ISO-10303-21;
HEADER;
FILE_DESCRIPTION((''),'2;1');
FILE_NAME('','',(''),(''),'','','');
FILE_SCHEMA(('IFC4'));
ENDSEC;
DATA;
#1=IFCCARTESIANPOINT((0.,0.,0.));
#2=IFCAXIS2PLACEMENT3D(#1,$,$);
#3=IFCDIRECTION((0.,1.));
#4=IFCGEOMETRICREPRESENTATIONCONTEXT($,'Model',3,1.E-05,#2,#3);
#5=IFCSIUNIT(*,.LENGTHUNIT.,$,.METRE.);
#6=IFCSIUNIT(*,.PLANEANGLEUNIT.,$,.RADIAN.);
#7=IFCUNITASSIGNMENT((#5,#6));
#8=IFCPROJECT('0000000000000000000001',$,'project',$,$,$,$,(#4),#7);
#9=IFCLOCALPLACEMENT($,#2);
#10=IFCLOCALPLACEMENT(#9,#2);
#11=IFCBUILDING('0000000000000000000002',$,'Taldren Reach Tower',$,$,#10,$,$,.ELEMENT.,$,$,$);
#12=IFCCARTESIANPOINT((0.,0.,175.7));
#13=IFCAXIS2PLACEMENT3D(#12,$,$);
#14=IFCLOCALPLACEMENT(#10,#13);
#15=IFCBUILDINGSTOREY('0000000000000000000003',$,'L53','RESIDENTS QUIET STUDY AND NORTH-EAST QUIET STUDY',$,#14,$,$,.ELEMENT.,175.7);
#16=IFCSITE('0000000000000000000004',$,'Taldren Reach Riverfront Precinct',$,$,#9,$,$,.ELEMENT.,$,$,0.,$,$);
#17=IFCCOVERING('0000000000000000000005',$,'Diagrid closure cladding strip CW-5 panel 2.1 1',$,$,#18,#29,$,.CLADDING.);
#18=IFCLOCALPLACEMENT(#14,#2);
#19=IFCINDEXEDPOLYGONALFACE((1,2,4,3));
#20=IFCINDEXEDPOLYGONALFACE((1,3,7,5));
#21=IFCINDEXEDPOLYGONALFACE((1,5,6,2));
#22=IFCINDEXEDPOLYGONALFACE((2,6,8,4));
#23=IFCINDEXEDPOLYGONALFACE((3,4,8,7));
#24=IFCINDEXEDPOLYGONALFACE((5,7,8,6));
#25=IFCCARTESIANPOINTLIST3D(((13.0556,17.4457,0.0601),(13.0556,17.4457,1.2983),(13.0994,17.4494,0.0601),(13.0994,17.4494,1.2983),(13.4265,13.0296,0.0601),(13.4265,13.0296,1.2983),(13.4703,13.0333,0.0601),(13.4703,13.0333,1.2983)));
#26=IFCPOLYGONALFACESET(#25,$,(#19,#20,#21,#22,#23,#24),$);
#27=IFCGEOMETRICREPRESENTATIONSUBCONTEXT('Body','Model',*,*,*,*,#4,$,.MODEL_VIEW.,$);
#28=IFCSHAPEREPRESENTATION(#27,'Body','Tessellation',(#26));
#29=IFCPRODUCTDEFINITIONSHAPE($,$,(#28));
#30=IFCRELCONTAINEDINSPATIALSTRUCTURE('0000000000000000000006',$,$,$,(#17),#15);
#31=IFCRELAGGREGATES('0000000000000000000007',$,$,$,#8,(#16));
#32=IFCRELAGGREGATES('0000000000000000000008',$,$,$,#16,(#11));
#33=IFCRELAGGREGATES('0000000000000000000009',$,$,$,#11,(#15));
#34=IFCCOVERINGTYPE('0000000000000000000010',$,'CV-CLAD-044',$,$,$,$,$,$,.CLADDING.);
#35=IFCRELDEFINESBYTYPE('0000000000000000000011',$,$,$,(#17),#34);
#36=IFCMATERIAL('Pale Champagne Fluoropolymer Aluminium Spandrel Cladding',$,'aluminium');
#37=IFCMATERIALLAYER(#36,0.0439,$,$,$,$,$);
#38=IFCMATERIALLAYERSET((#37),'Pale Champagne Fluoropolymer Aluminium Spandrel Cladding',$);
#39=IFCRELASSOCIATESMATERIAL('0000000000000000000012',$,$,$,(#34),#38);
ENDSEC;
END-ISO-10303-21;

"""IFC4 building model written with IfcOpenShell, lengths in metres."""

from ifc_helpers import new_model, si_unit, direction, frame, origin, origin_2d, place, context, subcontext, project, spatial, rectangle, extrude, source, transform, mapped, material, layer, layer_set, type_object, element, save


model = new_model("IFC4")

# Units and contexts
model_context = context("Model", 3, precision=1e-05, world=origin(), true_north=direction((0.0, 1.0)))
body_context = subcontext(model_context, "Body", "Model", "MODEL_VIEW")
ifc_project = project(units=[si_unit("LENGTHUNIT", "METRE"), si_unit("PLANEANGLEUNIT", "RADIAN")], contexts=[model_context])

# Site, building, storey
site_placement = place(None, origin())
site = spatial("IfcSite", under=ifc_project, at=site_placement, Name="Taldren Reach Riverfront Precinct", CompositionType="ELEMENT", RefElevation=0.0)
building_placement = place(site_placement, origin())
building = spatial("IfcBuilding", under=site, at=building_placement, Name="Taldren Reach Tower", CompositionType="ELEMENT")
storey_placement = place(building_placement, frame((0.0, 0.0, 175.7)))
storey = spatial("IfcBuildingStorey", under=building, at=storey_placement, Name="L53", Description="RESIDENTS QUIET STUDY AND NORTH-EAST QUIET STUDY", CompositionType="ELEMENT", Elevation=175.7)

# Covering
ifc_material_1 = material(Name="Pale Champagne Fluoropolymer Aluminium Spandrel Cladding", Category="aluminium")
ifc_layer_1 = layer(ifc_material_1, 0.0439)
ifc_layer_set_1 = layer_set([ifc_layer_1], Name="Pale Champagne Fluoropolymer Aluminium Spandrel Cladding")
covering_type = type_object("IfcCoveringType", Name="CV-CLAD-044", PredefinedType="CLADDING", material=ifc_layer_set_1)
shared_shape_1 = source(origin(), body_context, "Body", "SweptSolid", [
    extrude(rectangle(XDim=4.4316, YDim=0.0439, at=origin_2d()), origin(), (0.0, 0.0, 1.0), 1.2383),
])
for number, where, z_axis, x_axis, name in (
    (1, (13.2629, 15.2395, 0.0601), (0.0, 0.0, 1.0), (0.083678, -0.996493, 0.0), "Diagrid closure cladding strip CW-5 panel 2.1 1"),
):
    element("IfcCovering", number, at=place(storey_placement, frame(where, z_axis=z_axis, x_axis=x_axis)), inside=storey, type_object=covering_type, Name=name, PredefinedType="CLADDING", context=body_context, shape_type="MappedRepresentation", body=[
        mapped(shared_shape_1, transform((0.0, 0.0, 0.0), scale=1.0)),
    ])

save(model, "model.ifc")
